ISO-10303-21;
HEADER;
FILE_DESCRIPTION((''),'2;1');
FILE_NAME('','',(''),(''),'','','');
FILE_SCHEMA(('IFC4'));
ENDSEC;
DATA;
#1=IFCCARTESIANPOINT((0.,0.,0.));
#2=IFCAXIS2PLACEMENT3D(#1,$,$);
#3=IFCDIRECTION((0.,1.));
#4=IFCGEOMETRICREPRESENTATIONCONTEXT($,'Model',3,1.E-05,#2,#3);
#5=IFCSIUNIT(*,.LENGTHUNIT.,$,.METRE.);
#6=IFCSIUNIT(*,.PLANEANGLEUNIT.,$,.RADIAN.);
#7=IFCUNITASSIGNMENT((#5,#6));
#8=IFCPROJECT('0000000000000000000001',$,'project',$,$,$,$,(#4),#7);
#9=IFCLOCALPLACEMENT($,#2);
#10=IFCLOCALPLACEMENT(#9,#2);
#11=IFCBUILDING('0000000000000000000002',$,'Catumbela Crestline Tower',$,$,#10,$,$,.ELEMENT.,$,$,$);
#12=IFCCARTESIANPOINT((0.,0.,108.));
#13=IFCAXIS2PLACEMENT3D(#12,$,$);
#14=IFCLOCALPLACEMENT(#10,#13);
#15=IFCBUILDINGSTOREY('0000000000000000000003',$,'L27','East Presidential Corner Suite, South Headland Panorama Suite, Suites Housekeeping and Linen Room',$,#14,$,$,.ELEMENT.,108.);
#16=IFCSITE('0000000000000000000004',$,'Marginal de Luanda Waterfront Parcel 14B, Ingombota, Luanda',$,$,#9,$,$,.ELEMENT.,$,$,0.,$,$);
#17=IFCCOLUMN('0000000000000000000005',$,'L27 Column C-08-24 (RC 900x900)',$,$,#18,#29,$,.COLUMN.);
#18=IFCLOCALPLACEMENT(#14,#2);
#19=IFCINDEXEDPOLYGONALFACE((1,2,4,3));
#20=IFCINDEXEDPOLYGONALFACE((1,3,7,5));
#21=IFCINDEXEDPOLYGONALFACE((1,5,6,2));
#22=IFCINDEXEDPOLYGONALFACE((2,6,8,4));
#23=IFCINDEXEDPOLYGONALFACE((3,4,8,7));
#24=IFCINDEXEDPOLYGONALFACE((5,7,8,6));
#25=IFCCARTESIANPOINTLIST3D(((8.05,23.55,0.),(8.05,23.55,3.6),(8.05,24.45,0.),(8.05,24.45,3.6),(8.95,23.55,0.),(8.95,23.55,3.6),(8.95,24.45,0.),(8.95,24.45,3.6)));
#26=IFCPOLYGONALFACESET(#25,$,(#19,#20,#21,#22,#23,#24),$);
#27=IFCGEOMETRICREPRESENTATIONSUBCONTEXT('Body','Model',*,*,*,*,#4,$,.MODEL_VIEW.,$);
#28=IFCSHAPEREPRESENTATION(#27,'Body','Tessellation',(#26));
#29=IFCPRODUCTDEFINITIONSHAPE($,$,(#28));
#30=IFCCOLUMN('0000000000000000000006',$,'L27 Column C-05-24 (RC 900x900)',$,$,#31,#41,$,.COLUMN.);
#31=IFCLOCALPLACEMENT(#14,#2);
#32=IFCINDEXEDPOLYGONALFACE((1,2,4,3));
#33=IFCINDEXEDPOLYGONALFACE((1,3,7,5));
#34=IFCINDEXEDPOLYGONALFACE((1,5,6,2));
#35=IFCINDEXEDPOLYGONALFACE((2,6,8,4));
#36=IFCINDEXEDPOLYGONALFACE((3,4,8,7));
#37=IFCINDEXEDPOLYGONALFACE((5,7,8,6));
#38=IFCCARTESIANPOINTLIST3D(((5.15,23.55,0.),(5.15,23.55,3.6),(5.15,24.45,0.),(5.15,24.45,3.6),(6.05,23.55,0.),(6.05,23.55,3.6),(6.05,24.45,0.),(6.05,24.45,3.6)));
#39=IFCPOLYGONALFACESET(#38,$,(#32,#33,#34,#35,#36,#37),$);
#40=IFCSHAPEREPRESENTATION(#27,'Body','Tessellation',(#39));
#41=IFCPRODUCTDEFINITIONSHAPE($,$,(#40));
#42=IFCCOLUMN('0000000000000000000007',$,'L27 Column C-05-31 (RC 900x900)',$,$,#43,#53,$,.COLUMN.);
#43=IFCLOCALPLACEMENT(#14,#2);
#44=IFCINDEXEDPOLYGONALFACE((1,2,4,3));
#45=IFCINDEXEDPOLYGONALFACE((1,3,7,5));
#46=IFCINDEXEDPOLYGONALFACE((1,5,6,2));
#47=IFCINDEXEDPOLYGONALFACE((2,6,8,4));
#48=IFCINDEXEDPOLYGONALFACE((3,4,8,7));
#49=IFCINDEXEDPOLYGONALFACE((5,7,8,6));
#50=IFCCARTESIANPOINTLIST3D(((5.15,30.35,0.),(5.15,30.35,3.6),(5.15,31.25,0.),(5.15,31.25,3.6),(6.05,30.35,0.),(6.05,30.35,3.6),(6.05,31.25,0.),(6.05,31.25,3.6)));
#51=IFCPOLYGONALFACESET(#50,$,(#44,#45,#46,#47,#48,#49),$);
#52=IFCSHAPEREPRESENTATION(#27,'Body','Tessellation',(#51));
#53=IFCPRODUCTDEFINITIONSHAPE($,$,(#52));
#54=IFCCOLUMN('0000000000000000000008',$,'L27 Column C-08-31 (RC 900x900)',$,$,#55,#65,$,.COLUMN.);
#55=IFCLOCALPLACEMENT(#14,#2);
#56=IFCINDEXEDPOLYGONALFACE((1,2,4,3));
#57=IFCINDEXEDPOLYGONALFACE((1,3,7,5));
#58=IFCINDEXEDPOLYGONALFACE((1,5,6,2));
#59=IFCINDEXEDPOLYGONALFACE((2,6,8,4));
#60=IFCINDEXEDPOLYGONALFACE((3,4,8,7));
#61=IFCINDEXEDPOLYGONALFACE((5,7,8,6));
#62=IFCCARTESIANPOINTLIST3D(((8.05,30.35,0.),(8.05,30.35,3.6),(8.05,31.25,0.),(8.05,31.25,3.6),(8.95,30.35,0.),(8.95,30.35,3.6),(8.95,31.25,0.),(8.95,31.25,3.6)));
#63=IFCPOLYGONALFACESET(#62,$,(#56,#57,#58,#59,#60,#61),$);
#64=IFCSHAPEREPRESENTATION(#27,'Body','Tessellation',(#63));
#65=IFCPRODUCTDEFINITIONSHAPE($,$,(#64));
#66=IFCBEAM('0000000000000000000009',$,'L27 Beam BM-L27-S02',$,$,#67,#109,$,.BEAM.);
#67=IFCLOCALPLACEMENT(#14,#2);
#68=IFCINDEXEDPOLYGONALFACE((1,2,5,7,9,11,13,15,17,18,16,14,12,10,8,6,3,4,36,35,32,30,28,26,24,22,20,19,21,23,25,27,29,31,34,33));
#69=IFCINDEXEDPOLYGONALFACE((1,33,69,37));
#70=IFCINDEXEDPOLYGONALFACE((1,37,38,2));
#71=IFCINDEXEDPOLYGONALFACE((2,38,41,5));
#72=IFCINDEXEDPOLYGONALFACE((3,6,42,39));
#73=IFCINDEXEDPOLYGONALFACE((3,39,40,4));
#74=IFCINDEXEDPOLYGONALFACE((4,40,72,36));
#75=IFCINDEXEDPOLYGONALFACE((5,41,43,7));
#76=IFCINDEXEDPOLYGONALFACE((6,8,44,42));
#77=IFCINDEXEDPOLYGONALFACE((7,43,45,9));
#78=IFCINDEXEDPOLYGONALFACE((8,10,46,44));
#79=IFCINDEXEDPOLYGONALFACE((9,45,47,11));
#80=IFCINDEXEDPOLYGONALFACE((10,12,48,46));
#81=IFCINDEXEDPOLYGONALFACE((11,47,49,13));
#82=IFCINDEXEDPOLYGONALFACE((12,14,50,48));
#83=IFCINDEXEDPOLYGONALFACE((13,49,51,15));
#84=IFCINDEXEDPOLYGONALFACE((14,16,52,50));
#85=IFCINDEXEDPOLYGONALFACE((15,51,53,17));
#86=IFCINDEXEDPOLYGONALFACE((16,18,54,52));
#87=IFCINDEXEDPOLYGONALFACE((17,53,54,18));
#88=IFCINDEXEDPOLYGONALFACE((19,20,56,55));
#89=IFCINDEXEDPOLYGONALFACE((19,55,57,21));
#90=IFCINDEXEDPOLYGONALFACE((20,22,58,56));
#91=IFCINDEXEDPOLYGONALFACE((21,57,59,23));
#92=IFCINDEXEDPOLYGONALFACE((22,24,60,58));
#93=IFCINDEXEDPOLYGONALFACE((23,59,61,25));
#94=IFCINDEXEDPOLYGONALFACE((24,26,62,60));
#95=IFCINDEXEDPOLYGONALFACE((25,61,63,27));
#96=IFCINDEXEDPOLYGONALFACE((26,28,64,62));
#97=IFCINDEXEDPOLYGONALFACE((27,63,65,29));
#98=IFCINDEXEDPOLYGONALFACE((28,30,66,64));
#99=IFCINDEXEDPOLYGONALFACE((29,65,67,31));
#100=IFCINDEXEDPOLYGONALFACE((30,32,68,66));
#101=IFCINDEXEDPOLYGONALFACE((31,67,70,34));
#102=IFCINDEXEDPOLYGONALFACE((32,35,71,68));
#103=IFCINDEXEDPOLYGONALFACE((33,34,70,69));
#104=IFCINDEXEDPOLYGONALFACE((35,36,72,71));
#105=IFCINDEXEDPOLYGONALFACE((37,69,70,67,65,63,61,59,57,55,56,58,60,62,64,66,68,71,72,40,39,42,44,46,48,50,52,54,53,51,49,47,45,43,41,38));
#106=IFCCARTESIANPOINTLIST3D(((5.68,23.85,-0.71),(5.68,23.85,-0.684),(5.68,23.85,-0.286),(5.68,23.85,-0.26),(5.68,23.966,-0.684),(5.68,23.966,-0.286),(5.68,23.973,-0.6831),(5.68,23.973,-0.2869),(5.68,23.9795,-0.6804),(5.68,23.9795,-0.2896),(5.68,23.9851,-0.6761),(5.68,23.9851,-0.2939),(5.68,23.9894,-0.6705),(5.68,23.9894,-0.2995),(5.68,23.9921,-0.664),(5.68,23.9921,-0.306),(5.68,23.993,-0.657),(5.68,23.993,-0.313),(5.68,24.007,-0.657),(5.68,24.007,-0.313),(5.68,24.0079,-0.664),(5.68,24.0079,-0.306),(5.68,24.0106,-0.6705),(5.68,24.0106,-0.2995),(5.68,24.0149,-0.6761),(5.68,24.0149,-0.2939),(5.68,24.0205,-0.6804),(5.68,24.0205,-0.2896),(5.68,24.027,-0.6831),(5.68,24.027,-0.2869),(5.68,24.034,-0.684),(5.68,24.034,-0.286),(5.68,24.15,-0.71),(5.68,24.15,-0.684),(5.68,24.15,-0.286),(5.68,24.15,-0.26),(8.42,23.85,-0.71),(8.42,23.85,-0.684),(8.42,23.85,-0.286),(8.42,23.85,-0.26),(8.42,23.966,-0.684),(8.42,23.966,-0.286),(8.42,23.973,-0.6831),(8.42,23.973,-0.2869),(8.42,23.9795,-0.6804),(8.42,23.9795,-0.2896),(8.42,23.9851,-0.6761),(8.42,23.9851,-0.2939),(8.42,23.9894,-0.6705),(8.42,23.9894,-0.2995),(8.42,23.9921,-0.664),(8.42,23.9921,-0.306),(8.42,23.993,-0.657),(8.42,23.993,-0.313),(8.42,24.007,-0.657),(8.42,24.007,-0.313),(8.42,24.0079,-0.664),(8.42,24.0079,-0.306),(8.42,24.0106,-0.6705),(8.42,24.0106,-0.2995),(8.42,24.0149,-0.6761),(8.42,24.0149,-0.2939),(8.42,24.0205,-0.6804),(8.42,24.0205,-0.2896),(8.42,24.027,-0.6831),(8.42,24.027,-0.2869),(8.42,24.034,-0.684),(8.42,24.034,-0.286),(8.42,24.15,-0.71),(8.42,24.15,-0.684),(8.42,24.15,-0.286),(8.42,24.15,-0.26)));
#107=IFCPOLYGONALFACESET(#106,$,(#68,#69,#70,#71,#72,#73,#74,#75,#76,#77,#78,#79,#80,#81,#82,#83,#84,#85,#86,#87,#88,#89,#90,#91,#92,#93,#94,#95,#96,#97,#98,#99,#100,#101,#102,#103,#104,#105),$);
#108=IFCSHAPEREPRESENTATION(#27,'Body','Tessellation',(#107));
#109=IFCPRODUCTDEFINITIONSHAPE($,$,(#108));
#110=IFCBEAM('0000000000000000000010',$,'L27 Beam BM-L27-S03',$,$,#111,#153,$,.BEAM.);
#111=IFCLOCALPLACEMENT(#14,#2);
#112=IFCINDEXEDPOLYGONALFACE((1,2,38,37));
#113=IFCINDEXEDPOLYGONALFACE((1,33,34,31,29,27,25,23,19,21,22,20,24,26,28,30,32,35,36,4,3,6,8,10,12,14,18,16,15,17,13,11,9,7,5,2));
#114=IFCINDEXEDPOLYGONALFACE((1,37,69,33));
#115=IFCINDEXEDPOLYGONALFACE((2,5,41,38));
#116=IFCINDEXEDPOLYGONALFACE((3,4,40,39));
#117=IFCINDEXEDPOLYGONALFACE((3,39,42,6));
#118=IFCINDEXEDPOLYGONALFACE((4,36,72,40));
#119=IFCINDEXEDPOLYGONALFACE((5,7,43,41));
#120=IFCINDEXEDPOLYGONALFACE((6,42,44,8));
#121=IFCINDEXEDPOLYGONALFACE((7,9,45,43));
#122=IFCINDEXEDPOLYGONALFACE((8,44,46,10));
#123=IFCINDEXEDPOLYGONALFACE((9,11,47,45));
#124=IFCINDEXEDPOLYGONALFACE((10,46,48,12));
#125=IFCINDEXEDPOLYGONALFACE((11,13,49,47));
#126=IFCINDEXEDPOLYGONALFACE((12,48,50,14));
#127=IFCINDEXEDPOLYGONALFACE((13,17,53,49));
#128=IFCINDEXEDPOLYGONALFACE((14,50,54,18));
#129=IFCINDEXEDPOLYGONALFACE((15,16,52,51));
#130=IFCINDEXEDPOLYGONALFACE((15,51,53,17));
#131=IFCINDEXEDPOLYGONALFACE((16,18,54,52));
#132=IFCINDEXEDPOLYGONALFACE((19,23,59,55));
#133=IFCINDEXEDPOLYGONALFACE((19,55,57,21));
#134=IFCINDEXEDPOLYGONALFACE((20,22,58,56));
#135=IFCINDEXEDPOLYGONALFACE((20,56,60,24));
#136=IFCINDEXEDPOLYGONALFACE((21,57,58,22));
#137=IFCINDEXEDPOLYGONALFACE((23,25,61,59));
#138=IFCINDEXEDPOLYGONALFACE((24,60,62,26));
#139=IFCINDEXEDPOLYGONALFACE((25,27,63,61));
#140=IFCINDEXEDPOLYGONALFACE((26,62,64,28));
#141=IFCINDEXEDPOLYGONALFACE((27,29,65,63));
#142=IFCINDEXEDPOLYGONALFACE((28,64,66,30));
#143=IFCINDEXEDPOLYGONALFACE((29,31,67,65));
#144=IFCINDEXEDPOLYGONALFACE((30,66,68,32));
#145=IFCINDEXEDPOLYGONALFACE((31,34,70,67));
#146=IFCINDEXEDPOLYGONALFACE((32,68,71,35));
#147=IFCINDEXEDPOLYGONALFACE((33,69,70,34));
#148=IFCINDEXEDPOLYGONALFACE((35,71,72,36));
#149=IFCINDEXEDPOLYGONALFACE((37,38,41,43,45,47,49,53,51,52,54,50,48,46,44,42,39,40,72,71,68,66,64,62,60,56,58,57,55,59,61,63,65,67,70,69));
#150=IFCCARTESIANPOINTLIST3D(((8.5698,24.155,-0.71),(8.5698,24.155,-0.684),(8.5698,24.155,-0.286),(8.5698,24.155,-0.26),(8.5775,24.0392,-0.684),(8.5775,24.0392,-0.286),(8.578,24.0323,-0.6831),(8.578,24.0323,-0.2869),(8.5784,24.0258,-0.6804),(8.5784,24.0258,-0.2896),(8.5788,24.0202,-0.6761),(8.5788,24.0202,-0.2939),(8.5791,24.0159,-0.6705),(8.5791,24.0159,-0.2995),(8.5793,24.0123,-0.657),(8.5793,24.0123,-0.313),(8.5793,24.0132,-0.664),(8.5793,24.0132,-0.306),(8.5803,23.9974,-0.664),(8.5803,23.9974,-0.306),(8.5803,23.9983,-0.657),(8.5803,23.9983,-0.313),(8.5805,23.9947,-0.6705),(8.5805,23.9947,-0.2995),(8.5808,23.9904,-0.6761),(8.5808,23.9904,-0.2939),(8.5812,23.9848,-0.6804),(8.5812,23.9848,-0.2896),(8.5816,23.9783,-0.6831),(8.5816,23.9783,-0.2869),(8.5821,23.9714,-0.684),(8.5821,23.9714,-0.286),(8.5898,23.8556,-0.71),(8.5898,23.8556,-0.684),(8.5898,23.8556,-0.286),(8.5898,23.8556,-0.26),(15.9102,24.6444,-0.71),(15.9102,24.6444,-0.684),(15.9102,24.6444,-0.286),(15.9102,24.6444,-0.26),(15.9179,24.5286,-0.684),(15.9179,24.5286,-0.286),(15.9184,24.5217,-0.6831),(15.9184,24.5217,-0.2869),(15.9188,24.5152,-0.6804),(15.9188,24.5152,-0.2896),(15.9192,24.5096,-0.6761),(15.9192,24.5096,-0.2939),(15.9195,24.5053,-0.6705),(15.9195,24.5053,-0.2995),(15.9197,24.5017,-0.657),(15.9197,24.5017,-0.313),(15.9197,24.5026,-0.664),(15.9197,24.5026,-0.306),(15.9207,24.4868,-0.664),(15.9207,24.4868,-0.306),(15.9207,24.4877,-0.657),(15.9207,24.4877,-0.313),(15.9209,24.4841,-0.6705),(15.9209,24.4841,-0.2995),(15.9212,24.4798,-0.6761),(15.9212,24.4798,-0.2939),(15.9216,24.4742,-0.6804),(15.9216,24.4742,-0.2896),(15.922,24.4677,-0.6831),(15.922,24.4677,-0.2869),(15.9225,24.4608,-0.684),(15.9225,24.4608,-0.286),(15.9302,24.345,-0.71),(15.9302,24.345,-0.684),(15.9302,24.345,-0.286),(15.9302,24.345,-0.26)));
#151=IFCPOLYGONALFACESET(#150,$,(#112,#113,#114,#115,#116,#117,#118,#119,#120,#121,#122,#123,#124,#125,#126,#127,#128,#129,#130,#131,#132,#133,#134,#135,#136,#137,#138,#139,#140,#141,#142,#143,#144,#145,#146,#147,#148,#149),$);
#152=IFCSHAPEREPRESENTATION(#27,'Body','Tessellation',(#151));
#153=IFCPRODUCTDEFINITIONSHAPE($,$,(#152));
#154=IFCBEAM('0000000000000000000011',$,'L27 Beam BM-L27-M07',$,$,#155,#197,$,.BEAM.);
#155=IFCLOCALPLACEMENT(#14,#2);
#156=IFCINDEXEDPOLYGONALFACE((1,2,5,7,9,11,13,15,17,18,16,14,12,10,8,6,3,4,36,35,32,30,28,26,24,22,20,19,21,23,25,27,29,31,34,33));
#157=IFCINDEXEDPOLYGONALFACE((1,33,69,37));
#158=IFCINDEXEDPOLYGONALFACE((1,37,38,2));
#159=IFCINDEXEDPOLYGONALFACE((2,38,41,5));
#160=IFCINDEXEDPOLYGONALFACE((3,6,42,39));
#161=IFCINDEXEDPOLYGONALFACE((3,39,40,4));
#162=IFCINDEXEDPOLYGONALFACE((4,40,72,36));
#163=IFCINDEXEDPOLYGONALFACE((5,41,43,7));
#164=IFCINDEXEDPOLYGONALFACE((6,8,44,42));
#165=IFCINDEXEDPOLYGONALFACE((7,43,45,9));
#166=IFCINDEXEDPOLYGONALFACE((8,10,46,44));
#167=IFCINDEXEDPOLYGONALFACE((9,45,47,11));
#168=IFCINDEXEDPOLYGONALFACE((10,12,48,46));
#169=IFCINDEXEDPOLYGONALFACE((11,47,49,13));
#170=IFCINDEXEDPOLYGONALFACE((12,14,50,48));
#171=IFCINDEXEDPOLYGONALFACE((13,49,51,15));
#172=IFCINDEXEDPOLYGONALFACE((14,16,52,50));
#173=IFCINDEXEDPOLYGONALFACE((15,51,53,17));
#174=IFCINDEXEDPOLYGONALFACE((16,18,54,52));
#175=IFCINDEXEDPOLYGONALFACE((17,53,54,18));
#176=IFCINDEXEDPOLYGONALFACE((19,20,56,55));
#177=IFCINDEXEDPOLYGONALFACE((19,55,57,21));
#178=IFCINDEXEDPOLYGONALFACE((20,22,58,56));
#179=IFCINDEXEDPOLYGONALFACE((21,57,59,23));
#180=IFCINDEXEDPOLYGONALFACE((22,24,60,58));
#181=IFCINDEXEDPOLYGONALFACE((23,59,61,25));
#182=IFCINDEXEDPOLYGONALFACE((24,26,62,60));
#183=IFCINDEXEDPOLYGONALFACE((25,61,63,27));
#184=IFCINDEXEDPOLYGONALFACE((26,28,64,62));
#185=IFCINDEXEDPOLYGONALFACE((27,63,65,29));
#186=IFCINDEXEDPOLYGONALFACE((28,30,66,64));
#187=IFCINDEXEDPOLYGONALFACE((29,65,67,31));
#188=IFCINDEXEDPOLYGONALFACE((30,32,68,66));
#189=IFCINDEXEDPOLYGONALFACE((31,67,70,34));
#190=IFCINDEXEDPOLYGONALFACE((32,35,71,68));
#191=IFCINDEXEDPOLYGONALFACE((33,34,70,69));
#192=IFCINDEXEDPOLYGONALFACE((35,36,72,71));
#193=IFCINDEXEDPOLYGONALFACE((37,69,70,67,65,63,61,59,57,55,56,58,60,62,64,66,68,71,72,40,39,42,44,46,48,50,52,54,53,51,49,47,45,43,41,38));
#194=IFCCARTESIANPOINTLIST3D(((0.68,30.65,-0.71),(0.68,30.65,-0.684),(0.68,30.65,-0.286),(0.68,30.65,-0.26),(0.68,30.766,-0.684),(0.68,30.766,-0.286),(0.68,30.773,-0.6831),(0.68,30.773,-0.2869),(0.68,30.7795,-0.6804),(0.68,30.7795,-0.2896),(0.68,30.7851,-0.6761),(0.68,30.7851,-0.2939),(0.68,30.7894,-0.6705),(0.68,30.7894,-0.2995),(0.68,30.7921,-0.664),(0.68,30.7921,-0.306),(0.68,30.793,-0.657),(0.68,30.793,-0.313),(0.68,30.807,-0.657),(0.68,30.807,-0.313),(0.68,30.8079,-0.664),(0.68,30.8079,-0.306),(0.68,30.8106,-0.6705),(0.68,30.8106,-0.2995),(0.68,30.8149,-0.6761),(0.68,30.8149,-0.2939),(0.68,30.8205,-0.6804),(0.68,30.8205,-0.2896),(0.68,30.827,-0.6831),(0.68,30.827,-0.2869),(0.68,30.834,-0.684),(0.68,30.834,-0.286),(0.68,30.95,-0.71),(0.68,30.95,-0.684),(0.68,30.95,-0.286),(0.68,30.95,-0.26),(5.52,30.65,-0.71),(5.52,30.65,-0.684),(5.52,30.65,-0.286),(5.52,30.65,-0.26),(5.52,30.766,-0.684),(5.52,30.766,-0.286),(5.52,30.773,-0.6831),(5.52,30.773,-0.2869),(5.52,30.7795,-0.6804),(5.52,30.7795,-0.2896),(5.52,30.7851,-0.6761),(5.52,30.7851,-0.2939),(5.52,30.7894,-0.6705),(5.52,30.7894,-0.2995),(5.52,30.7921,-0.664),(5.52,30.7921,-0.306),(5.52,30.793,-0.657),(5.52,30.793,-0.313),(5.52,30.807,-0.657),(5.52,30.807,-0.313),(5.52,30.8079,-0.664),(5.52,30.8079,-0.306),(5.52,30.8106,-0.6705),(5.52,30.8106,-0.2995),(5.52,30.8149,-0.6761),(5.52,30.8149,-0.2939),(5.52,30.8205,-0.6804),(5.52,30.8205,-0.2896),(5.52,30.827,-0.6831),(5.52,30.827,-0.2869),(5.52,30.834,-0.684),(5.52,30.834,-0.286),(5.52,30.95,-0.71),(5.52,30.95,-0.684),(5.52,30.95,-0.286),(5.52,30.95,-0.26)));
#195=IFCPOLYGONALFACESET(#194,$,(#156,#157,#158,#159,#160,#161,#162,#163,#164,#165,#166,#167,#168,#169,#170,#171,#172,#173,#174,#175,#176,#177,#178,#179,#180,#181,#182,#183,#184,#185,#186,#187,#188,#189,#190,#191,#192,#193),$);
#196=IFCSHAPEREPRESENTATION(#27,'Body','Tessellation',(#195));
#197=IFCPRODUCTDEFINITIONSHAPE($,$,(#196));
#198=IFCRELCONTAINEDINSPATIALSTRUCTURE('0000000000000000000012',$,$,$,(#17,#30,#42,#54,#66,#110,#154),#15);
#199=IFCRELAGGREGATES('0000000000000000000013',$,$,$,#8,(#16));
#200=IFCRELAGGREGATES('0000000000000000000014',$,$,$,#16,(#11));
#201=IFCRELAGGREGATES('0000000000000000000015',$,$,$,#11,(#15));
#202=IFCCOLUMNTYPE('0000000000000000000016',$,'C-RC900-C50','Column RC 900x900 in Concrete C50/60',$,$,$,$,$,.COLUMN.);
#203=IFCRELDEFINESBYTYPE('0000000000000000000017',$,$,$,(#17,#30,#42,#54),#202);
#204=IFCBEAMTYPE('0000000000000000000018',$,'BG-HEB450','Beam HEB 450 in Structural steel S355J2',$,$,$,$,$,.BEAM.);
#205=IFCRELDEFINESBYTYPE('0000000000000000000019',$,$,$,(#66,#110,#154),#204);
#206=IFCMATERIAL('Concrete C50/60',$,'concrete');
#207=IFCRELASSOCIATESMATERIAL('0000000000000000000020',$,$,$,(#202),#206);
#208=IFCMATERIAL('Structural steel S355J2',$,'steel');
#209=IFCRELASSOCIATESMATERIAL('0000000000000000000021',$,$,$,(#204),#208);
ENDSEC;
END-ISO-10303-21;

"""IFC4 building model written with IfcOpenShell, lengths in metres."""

from ifc_helpers import new_model, si_unit, direction, frame, origin, origin_2d, place, context, subcontext, project, spatial, rectangle, i_section, extrude, material, material_profile, profile_set, type_object, element, save


model = new_model("IFC4")

# Units and contexts
model_context = context("Model", 3, precision=1e-05, world=origin(), true_north=direction((0.0, 1.0)))
body_context = subcontext(model_context, "Body", "Model", "MODEL_VIEW")
ifc_project = project(units=[si_unit("LENGTHUNIT", "METRE"), si_unit("PLANEANGLEUNIT", "RADIAN")], contexts=[model_context])

# Site, building, storey
site_placement = place(None, origin())
site = spatial("IfcSite", under=ifc_project, at=site_placement, Name="Marginal de Luanda Waterfront Parcel 14B, Ingombota, Luanda", CompositionType="ELEMENT", RefElevation=0.0)
building_placement = place(site_placement, origin())
building = spatial("IfcBuilding", under=site, at=building_placement, Name="Catumbela Crestline Tower", CompositionType="ELEMENT")
storey_placement = place(building_placement, frame((0.0, 0.0, 108.0)))
storey = spatial("IfcBuildingStorey", under=building, at=storey_placement, Name="L27", Description="East Presidential Corner Suite, South Headland Panorama Suite, Suites Housekeeping and Linen Room", CompositionType="ELEMENT", Elevation=108.0)

# Columns
ifc_material_1 = material(Name="Concrete C50/60", Category="concrete")
ifc_material_profile_1 = material_profile(ifc_material_1, rectangle(XDim=0.9, YDim=0.9, at=origin_2d()), Name="RC 900x900")
ifc_profile_set_1 = profile_set([ifc_material_profile_1], Name="Concrete C50/60")
column_type = type_object("IfcColumnType", Name="C-RC900-C50", Description="Column RC 900x900 in Concrete C50/60", PredefinedType="COLUMN", material=ifc_profile_set_1)
for number, where, z_axis, x_axis, name in (
    (1, (8.5, 24.0, 0.0), (0.0, 0.0, 1.0), (1.0, 0.0, 0.0), "L27 Column C-08-24 (RC 900x900)"),
    (2, (5.6, 24.0, 0.0), (0.0, 0.0, 1.0), (1.0, 0.0, 0.0), "L27 Column C-05-24 (RC 900x900)"),
    (3, (5.6, 30.8, 0.0), (0.0, 0.0, 1.0), (1.0, 0.0, 0.0), "L27 Column C-05-31 (RC 900x900)"),
    (4, (8.5, 30.8, 0.0), (0.0, 0.0, 1.0), (1.0, 0.0, 0.0), "L27 Column C-08-31 (RC 900x900)"),
):
    element("IfcColumn", number, at=place(storey_placement, frame(where, z_axis=z_axis, x_axis=x_axis)), inside=storey, type_object=column_type, Name=name, PredefinedType="COLUMN", context=body_context, shape_type="SweptSolid", body=[
        extrude(rectangle(XDim=0.9, YDim=0.9, at=origin_2d()), origin(), (0.0, 0.0, 1.0), 3.6),
    ])

# Beams
ifc_material_2 = material(Name="Structural steel S355J2", Category="steel")
ifc_material_profile_2 = material_profile(ifc_material_2, i_section(OverallWidth=0.3, OverallDepth=0.45, WebThickness=0.014, FlangeThickness=0.026, FilletRadius=0.027, at=origin_2d()), Name="HEB 450")
ifc_profile_set_2 = profile_set([ifc_material_profile_2], Name="Structural steel S355J2")
beam_type = type_object("IfcBeamType", Name="BG-HEB450", Description="Beam HEB 450 in Structural steel S355J2", PredefinedType="BEAM", material=ifc_profile_set_2)
beam_1_placement = place(storey_placement, frame((5.68, 24.0, -0.485), z_axis=(1.0, 0.0, 0.0), x_axis=(0.0, 1.0, 0.0)))
element("IfcBeam", 5, at=beam_1_placement, inside=storey, type_object=beam_type, Name="L27 Beam BM-L27-S02", PredefinedType="BEAM", context=body_context, shape_type="SweptSolid", body=[
    extrude(i_section(OverallWidth=0.3, OverallDepth=0.45, WebThickness=0.014, FlangeThickness=0.026, FilletRadius=0.027, at=origin_2d()), origin(), (0.0, 0.0, 1.0), 2.74),
])
beam_2_placement = place(storey_placement, frame((8.5798, 24.0053, -0.485), z_axis=(0.997785, 0.066524, 0.0), x_axis=(-0.066524, 0.997785, 0.0)))
element("IfcBeam", 6, at=beam_2_placement, inside=storey, type_object=beam_type, Name="L27 Beam BM-L27-S03", PredefinedType="BEAM", context=body_context, shape_type="SweptSolid", body=[
    extrude(i_section(OverallWidth=0.3, OverallDepth=0.45, WebThickness=0.014, FlangeThickness=0.026, FilletRadius=0.027, at=origin_2d()), origin(), (0.0, 0.0, 1.0), 7.3567),
])
beam_3_placement = place(storey_placement, frame((0.68, 30.8, -0.485), z_axis=(1.0, 0.0, 0.0), x_axis=(0.0, 1.0, 0.0)))
element("IfcBeam", 7, at=beam_3_placement, inside=storey, type_object=beam_type, Name="L27 Beam BM-L27-M07", PredefinedType="BEAM", context=body_context, shape_type="SweptSolid", body=[
    extrude(i_section(OverallWidth=0.3, OverallDepth=0.45, WebThickness=0.014, FlangeThickness=0.026, FilletRadius=0.027, at=origin_2d()), origin(), (0.0, 0.0, 1.0), 4.84),
])

save(model, "model.ifc")
